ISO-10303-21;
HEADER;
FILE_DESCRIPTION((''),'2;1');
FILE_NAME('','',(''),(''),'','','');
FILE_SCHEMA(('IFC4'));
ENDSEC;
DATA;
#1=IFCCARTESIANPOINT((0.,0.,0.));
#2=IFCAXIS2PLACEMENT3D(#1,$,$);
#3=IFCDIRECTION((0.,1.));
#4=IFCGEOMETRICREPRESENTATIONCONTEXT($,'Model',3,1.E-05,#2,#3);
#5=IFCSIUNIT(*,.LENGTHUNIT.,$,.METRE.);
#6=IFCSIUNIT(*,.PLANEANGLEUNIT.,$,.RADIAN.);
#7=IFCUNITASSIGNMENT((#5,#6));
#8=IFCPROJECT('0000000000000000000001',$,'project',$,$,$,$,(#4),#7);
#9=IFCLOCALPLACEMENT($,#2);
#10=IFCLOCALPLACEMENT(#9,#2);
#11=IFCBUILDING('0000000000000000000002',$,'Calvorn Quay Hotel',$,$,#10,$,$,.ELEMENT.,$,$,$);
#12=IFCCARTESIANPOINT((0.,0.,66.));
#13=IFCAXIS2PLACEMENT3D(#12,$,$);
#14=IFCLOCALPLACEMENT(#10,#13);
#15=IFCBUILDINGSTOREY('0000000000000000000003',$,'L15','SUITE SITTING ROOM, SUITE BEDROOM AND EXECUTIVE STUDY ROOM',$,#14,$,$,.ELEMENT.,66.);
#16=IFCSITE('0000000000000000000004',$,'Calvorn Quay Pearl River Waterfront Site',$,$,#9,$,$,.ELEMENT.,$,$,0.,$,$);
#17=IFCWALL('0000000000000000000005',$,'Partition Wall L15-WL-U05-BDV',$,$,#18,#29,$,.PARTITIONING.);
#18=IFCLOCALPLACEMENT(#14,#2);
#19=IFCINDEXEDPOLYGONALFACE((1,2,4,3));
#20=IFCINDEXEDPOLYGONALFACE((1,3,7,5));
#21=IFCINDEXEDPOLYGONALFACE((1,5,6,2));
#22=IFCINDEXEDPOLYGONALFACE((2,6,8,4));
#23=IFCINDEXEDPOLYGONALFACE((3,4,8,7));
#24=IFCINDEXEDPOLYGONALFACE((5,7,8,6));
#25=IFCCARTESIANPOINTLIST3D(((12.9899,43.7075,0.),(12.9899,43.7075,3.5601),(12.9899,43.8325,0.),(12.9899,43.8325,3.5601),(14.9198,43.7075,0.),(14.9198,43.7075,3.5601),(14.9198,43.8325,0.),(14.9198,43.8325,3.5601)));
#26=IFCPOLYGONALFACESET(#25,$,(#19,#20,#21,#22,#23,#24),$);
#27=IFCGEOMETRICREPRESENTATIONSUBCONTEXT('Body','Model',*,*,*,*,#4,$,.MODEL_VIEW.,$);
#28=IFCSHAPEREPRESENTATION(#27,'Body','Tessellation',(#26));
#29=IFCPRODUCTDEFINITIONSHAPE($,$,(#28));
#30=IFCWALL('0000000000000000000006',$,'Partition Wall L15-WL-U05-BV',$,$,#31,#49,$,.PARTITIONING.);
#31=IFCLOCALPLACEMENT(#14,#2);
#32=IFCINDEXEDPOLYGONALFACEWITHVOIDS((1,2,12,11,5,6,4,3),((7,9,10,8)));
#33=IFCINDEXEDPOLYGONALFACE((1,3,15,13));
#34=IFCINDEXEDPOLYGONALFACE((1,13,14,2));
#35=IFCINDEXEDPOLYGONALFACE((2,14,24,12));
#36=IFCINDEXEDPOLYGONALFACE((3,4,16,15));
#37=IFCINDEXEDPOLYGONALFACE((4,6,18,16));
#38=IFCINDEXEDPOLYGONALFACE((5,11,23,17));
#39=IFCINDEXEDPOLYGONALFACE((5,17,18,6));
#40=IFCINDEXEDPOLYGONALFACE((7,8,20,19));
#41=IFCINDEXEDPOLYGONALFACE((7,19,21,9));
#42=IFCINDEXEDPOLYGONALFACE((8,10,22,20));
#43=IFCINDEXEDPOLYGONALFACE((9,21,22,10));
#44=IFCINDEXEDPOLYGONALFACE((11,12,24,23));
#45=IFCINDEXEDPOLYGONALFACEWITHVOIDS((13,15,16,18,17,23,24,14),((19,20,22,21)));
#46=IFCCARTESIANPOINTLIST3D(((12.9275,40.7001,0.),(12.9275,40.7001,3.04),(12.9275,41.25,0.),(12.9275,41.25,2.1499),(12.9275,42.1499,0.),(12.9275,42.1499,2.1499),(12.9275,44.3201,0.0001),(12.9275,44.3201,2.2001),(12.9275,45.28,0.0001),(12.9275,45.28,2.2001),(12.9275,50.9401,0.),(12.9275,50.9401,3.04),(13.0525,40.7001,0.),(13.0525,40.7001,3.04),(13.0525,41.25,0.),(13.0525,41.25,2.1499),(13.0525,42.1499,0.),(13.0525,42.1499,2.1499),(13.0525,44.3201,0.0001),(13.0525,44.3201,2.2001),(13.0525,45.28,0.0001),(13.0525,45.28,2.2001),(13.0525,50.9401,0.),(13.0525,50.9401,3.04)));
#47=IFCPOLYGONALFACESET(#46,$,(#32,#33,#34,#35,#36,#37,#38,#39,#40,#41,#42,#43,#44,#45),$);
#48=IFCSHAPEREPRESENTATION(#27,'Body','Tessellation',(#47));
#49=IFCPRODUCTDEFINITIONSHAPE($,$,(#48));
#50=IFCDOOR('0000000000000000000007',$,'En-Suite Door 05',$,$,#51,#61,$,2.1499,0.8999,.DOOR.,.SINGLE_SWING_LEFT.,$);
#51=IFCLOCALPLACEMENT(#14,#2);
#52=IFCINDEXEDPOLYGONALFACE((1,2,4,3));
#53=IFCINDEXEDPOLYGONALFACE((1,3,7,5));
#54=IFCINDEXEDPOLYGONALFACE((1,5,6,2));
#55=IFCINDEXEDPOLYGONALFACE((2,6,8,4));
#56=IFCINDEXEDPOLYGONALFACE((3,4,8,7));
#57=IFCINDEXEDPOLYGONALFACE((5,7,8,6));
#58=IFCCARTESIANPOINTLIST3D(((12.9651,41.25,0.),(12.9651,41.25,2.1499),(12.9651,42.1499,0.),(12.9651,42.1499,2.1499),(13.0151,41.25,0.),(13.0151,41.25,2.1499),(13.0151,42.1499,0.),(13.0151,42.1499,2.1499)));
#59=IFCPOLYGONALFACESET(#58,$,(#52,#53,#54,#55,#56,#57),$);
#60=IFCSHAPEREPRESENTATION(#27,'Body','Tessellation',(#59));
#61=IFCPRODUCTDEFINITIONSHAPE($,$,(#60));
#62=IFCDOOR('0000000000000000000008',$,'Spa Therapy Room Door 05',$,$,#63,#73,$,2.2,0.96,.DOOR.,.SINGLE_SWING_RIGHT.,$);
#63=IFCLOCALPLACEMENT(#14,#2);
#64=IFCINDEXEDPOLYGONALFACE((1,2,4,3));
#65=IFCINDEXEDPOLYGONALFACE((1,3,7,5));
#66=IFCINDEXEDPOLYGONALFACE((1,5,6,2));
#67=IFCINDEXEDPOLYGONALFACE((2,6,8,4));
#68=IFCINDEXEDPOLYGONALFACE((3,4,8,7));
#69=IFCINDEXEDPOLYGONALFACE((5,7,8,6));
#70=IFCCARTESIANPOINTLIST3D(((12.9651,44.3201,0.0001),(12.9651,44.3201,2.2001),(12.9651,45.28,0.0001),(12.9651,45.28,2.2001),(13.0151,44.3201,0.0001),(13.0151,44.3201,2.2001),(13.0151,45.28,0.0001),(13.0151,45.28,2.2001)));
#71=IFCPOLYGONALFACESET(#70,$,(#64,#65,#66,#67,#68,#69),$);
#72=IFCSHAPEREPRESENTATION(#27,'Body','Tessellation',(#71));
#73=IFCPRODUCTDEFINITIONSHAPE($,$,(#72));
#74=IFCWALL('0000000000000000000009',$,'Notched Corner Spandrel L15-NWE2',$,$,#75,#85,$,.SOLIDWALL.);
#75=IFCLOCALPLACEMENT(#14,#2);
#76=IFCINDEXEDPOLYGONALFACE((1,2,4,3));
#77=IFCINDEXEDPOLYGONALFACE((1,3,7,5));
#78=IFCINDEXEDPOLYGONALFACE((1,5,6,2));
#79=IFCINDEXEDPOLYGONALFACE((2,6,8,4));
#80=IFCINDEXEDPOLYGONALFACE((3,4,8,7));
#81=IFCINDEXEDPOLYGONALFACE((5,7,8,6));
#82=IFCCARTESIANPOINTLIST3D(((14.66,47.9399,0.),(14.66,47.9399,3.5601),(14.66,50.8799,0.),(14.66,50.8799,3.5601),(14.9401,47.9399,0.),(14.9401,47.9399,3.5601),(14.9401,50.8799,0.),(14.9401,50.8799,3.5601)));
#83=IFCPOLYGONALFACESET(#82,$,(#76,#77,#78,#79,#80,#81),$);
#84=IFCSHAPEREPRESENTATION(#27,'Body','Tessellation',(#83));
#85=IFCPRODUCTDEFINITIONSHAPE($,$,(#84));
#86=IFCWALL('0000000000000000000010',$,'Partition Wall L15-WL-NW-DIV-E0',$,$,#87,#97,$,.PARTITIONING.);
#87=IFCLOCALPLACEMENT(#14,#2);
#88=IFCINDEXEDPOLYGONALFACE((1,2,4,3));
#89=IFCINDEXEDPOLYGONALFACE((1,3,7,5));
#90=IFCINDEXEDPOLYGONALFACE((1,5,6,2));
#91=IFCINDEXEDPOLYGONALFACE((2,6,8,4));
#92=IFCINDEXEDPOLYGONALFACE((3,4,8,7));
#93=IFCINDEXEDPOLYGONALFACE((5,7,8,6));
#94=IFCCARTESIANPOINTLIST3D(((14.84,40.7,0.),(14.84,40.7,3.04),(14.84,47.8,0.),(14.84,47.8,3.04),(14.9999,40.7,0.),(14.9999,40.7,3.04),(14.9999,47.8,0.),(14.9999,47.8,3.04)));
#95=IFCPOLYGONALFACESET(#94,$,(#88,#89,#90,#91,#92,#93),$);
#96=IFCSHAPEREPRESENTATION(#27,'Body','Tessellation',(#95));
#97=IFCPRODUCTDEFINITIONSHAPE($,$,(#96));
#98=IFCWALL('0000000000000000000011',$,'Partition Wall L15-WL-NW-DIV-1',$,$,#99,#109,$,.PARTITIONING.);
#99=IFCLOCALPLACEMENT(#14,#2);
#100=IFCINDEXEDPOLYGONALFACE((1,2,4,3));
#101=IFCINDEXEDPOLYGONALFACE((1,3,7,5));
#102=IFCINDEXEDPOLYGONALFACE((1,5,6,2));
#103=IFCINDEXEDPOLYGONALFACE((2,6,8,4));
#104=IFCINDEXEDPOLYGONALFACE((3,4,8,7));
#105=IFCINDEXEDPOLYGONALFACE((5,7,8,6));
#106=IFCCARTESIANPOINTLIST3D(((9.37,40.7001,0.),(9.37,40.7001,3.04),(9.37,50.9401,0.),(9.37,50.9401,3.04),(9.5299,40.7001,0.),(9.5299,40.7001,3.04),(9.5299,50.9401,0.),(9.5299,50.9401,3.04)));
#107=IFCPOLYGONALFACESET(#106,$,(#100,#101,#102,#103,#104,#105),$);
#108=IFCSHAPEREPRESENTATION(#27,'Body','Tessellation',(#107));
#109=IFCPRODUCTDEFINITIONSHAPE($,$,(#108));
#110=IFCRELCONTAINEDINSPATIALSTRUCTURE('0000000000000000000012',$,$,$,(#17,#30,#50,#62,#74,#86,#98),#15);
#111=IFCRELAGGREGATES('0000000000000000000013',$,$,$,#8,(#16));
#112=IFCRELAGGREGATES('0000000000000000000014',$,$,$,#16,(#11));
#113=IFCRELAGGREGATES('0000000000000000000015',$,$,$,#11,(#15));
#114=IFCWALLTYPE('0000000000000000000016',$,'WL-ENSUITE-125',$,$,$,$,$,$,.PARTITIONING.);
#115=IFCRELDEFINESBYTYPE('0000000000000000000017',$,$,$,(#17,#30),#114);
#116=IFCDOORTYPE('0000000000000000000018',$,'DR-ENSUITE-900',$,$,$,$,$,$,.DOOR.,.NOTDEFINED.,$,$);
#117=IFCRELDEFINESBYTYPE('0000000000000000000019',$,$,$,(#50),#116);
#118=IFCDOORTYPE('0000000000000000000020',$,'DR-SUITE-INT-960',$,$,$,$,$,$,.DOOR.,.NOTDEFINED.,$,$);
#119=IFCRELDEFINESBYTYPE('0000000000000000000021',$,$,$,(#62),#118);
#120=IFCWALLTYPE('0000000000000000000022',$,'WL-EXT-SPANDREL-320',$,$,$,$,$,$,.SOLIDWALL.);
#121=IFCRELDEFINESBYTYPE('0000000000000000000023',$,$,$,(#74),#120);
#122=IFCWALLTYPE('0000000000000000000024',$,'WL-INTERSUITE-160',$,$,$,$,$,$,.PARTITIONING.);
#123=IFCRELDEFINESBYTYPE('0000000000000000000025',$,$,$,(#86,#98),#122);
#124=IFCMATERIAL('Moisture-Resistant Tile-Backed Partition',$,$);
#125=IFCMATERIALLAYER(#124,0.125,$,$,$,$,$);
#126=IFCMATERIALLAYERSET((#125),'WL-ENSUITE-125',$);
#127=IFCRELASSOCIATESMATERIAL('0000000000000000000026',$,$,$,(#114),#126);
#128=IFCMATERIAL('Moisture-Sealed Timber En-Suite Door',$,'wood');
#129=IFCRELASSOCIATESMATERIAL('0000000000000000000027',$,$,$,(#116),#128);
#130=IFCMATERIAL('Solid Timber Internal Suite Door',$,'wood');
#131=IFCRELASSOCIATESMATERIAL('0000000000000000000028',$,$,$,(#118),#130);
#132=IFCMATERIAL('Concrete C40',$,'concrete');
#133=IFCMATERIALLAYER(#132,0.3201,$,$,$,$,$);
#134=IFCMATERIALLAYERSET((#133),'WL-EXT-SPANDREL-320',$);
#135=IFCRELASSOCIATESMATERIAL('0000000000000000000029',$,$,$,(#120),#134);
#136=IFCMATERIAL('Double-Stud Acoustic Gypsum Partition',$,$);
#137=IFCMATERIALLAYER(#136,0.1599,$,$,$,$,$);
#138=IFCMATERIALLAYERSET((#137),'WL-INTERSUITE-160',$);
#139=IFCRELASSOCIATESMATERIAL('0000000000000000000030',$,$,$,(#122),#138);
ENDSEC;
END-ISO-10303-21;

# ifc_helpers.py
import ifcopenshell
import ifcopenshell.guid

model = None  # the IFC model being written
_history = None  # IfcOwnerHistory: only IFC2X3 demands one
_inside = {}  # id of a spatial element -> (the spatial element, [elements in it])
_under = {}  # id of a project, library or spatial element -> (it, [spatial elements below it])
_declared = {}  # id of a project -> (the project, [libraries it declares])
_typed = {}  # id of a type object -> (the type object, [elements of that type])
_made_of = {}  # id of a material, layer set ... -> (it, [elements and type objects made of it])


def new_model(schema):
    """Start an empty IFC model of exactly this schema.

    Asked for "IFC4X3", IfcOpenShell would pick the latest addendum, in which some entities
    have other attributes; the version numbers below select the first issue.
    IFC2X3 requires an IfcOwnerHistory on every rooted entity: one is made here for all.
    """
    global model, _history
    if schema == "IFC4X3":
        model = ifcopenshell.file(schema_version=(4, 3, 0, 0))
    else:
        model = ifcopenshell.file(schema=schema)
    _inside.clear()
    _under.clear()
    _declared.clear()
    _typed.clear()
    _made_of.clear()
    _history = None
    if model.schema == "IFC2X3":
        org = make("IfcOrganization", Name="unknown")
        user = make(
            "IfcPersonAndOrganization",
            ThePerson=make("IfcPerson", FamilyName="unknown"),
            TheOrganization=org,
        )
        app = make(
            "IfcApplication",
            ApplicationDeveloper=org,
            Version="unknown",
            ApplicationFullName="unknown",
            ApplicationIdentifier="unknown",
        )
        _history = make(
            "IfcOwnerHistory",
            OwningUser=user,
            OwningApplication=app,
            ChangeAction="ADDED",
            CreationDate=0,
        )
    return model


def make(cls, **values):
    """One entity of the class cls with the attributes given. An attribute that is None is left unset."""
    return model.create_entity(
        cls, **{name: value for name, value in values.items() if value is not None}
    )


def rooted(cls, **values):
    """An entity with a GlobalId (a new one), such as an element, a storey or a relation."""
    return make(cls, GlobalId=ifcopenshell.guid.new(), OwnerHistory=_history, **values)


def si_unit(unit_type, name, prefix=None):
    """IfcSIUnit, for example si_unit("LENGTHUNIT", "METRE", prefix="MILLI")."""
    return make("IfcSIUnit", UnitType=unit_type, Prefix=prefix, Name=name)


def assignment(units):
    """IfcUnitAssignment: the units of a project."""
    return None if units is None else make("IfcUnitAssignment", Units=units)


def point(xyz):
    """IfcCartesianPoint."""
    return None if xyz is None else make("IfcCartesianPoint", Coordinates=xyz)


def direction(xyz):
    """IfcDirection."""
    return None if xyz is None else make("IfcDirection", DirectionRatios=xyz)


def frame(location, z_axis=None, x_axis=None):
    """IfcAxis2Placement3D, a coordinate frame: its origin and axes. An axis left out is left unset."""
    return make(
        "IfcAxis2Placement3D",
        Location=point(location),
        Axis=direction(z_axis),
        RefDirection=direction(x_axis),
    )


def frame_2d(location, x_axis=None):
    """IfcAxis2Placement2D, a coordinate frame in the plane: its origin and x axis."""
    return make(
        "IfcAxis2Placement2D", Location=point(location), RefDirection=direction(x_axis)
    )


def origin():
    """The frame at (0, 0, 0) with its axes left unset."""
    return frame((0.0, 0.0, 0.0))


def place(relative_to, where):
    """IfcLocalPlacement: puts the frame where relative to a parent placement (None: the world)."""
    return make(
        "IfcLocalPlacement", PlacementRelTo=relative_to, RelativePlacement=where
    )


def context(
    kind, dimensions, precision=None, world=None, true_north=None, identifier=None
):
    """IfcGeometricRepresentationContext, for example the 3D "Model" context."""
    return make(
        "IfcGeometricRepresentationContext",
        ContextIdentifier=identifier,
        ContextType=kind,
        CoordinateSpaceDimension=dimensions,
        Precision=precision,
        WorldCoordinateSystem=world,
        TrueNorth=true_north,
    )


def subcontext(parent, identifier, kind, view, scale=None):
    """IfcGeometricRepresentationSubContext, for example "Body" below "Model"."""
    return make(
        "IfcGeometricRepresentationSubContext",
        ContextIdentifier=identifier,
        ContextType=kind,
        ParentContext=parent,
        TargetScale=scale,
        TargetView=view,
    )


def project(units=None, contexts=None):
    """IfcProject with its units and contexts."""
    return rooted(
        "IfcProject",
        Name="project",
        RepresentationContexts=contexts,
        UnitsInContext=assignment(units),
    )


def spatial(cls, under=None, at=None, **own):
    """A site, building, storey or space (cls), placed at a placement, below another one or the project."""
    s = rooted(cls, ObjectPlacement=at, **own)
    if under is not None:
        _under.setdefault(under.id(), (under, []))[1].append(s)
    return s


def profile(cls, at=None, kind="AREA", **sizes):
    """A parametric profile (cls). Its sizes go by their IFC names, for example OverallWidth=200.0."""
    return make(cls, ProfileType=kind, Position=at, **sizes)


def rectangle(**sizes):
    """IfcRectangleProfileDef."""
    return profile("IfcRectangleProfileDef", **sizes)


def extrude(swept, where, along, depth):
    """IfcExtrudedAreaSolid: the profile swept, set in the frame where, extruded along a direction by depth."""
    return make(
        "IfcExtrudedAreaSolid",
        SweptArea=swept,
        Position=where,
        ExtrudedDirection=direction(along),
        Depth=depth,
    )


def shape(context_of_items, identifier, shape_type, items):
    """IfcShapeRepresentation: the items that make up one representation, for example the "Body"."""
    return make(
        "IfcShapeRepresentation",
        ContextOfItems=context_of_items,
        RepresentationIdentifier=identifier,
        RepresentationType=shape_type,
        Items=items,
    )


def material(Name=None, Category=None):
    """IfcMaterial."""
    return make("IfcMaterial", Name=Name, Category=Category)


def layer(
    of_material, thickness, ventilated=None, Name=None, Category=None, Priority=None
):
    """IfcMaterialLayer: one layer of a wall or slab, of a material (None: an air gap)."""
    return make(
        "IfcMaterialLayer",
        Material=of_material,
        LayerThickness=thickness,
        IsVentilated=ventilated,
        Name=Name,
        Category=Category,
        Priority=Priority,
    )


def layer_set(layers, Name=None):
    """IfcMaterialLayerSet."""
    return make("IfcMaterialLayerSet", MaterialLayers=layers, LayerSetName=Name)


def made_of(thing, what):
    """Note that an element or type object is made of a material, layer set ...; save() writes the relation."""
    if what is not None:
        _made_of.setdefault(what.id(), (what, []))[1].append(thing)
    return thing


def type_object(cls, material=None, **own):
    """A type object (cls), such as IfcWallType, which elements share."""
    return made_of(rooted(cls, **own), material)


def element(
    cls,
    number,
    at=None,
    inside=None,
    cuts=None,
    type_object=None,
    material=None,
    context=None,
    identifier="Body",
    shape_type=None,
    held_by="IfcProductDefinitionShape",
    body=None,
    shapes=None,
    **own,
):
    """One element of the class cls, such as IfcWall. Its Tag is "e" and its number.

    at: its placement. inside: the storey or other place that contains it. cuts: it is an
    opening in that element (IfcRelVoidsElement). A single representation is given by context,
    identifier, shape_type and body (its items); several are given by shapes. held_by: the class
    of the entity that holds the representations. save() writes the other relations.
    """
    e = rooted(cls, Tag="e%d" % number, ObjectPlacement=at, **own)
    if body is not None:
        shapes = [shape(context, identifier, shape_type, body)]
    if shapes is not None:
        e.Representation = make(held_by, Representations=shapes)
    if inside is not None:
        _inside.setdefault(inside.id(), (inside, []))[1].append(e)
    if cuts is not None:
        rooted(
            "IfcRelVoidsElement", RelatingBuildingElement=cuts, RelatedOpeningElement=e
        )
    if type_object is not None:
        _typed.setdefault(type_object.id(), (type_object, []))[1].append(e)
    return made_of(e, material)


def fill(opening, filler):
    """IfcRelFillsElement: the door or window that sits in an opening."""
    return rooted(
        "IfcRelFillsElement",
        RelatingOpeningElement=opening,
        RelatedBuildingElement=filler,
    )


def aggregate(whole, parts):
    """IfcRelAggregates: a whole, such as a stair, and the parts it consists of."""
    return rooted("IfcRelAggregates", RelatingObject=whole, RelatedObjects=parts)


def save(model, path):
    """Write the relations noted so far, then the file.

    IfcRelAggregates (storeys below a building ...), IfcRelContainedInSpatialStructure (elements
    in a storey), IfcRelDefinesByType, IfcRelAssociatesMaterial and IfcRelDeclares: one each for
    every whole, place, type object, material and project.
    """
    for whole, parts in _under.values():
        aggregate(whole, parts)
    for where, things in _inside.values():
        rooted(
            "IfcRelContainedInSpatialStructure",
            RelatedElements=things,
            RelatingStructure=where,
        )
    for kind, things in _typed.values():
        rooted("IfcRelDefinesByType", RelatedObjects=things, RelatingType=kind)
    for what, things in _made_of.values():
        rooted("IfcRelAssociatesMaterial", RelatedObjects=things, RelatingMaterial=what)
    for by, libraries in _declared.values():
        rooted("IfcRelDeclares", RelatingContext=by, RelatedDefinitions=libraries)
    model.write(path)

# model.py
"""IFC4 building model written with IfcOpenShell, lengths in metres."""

from ifc_helpers import new_model, si_unit, direction, frame, frame_2d, origin, place, context, subcontext, project, spatial, rectangle, extrude, material, layer, layer_set, type_object, element, fill, save


model = new_model("IFC4")

# Units and contexts
model_context = context("Model", 3, precision=1e-05, world=origin(), true_north=direction((0.0, 1.0)))
body_context = subcontext(model_context, "Body", "Model", "MODEL_VIEW")
ifc_project = project(units=[si_unit("LENGTHUNIT", "METRE"), si_unit("PLANEANGLEUNIT", "RADIAN")], contexts=[model_context])

# Site, building, storey
site_placement = place(None, origin())
site = spatial("IfcSite", under=ifc_project, at=site_placement, Name="Calvorn Quay Pearl River Waterfront Site", CompositionType="ELEMENT", RefElevation=0.0)
building_placement = place(site_placement, origin())
building = spatial("IfcBuilding", under=site, at=building_placement, Name="Calvorn Quay Hotel", CompositionType="ELEMENT")
storey_placement = place(building_placement, frame((0.0, 0.0, 66.0)))
storey = spatial("IfcBuildingStorey", under=building, at=storey_placement, Name="L15", Description="SUITE SITTING ROOM, SUITE BEDROOM AND EXECUTIVE STUDY ROOM", CompositionType="ELEMENT", Elevation=66.0)

# Shared definitions
ifc_material_1 = material(Name="Moisture-Resistant Tile-Backed Partition")
ifc_layer_1 = layer(ifc_material_1, 0.125)
ifc_layer_set_1 = layer_set([ifc_layer_1], Name="WL-ENSUITE-125")
wall_type_1 = type_object("IfcWallType", Name="WL-ENSUITE-125", PredefinedType="PARTITIONING", material=ifc_layer_set_1)

# Shared definitions
ifc_material_2 = material(Name="Moisture-Sealed Timber En-Suite Door", Category="wood")
door_type_1 = type_object("IfcDoorType", Name="DR-ENSUITE-900", OperationType="NOTDEFINED", PredefinedType="DOOR", material=ifc_material_2)
ifc_material_3 = material(Name="Solid Timber Internal Suite Door", Category="wood")
door_type_2 = type_object("IfcDoorType", Name="DR-SUITE-INT-960", OperationType="NOTDEFINED", PredefinedType="DOOR", material=ifc_material_3)

# Wall
wall_1_placement = place(storey_placement, frame((12.99, 43.77, 0.0), z_axis=(0.0, 0.0, 1.0), x_axis=(1.0, 0.0, 0.0)))
element("IfcWall", 1, at=wall_1_placement, inside=storey, type_object=wall_type_1, Name="Partition Wall L15-WL-U05-BDV", PredefinedType="PARTITIONING", context=body_context, shape_type="SweptSolid", body=[
    extrude(rectangle(XDim=1.9299, YDim=0.125, at=frame_2d((0.9648, 0.0))), origin(), (0.0, 0.0, 1.0), 3.5601),
])

# Wall, openings, doors
wall_2_placement = place(storey_placement, frame((12.99, 40.7, 0.0), z_axis=(0.0, 0.0, 1.0), x_axis=(0.0, 1.0, 0.0)))
wall_2 = element("IfcWall", 2, at=wall_2_placement, inside=storey, type_object=wall_type_1, Name="Partition Wall L15-WL-U05-BV", PredefinedType="PARTITIONING", context=body_context, shape_type="SweptSolid", body=[
    extrude(rectangle(XDim=10.24, YDim=0.125, at=frame_2d((5.1201, 0.0))), origin(), (0.0, 0.0, 1.0), 3.04),
])
opening_1_placement = place(wall_2_placement, frame((0.55, 0.0, 0.0)))
opening_1 = element("IfcOpeningElement", 3, at=opening_1_placement, cuts=wall_2, PredefinedType="OPENING", context=body_context, shape_type="SweptSolid", body=[
    extrude(rectangle(XDim=0.8999, YDim=2.1499, at=frame_2d((0.45, 1.075))), frame((0.0, 0.0725, 0.0), z_axis=(0.0, -1.0, 0.0), x_axis=(1.0, 0.0, 0.0)), (0.0, 0.0, 1.0), 0.145),
])
opening_2_placement = place(wall_2_placement, frame((3.6201, 0.0, 0.0)))
opening_2 = element("IfcOpeningElement", 4, at=opening_2_placement, cuts=wall_2, PredefinedType="OPENING", context=body_context, shape_type="SweptSolid", body=[
    extrude(rectangle(XDim=0.96, YDim=2.2, at=frame_2d((0.48, 1.1001))), frame((0.0, 0.0725, 0.0), z_axis=(0.0, -1.0, 0.0), x_axis=(1.0, 0.0, 0.0)), (0.0, 0.0, 1.0), 0.145),
])
door_1_placement = place(opening_1_placement, origin())
door_1 = element("IfcDoor", 5, at=door_1_placement, inside=storey, type_object=door_type_1, Name="En-Suite Door 05", OperationType="SINGLE_SWING_LEFT", OverallHeight=2.1499, OverallWidth=0.8999, PredefinedType="DOOR", context=body_context, shape_type="SweptSolid", body=[
    extrude(rectangle(XDim=0.8999, YDim=2.1499, at=frame_2d((0.45, 1.075))), frame((0.0, 0.0249, 0.0), z_axis=(0.0, -1.0, 0.0), x_axis=(1.0, 0.0, 0.0)), (0.0, 0.0, 1.0), 0.05),
])
fill(opening_1, door_1)
door_2_placement = place(opening_2_placement, origin())
door_2 = element("IfcDoor", 6, at=door_2_placement, inside=storey, type_object=door_type_2, Name="Spa Therapy Room Door 05", OperationType="SINGLE_SWING_RIGHT", OverallHeight=2.2, OverallWidth=0.96, PredefinedType="DOOR", context=body_context, shape_type="SweptSolid", body=[
    extrude(rectangle(XDim=0.96, YDim=2.2, at=frame_2d((0.48, 1.1001))), frame((0.0, 0.0249, 0.0), z_axis=(0.0, -1.0, 0.0), x_axis=(1.0, 0.0, 0.0)), (0.0, 0.0, 1.0), 0.05),
])
fill(opening_2, door_2)

# Walls
ifc_material_4 = material(Name="Concrete C40", Category="concrete")
ifc_layer_2 = layer(ifc_material_4, 0.3201)
ifc_layer_set_2 = layer_set([ifc_layer_2], Name="WL-EXT-SPANDREL-320")
wall_type_2 = type_object("IfcWallType", Name="WL-EXT-SPANDREL-320", PredefinedType="SOLIDWALL", material=ifc_layer_set_2)
wall_3_placement = place(storey_placement, frame((14.8, 47.9399, 0.0), z_axis=(0.0, 0.0, 1.0), x_axis=(0.0, 1.0, 0.0)))
element("IfcWall", 7, at=wall_3_placement, inside=storey, type_object=wall_type_2, Name="Notched Corner Spandrel L15-NWE2", PredefinedType="SOLIDWALL", context=body_context, shape_type="SweptSolid", body=[
    extrude(rectangle(XDim=2.9399, YDim=0.28, at=frame_2d((1.47, 0.0))), origin(), (0.0, 0.0, 1.0), 3.5601),
])
ifc_material_5 = material(Name="Double-Stud Acoustic Gypsum Partition")
ifc_layer_3 = layer(ifc_material_5, 0.1599)
ifc_layer_set_3 = layer_set([ifc_layer_3], Name="WL-INTERSUITE-160")
wall_type_3 = type_object("IfcWallType", Name="WL-INTERSUITE-160", PredefinedType="PARTITIONING", material=ifc_layer_set_3)
wall_4_placement = place(storey_placement, frame((14.9199, 40.7, 0.0), z_axis=(0.0, 0.0, 1.0), x_axis=(0.0, 1.0, 0.0)))
element("IfcWall", 8, at=wall_4_placement, inside=storey, type_object=wall_type_3, Name="Partition Wall L15-WL-NW-DIV-E0", PredefinedType="PARTITIONING", context=body_context, shape_type="SweptSolid", body=[
    extrude(rectangle(XDim=7.1001, YDim=0.1599, at=frame_2d((3.55, 0.0))), origin(), (0.0, 0.0, 1.0), 3.04),
])
wall_5_placement = place(storey_placement, frame((9.45, 40.7, 0.0), z_axis=(0.0, 0.0, 1.0), x_axis=(0.0, 1.0, 0.0)))
element("IfcWall", 9, at=wall_5_placement, inside=storey, type_object=wall_type_3, Name="Partition Wall L15-WL-NW-DIV-1", PredefinedType="PARTITIONING", context=body_context, shape_type="SweptSolid", body=[
    extrude(rectangle(XDim=10.24, YDim=0.1599, at=frame_2d((5.1201, 0.0))), origin(), (0.0, 0.0, 1.0), 3.04),
])

save(model, "model.ifc")
